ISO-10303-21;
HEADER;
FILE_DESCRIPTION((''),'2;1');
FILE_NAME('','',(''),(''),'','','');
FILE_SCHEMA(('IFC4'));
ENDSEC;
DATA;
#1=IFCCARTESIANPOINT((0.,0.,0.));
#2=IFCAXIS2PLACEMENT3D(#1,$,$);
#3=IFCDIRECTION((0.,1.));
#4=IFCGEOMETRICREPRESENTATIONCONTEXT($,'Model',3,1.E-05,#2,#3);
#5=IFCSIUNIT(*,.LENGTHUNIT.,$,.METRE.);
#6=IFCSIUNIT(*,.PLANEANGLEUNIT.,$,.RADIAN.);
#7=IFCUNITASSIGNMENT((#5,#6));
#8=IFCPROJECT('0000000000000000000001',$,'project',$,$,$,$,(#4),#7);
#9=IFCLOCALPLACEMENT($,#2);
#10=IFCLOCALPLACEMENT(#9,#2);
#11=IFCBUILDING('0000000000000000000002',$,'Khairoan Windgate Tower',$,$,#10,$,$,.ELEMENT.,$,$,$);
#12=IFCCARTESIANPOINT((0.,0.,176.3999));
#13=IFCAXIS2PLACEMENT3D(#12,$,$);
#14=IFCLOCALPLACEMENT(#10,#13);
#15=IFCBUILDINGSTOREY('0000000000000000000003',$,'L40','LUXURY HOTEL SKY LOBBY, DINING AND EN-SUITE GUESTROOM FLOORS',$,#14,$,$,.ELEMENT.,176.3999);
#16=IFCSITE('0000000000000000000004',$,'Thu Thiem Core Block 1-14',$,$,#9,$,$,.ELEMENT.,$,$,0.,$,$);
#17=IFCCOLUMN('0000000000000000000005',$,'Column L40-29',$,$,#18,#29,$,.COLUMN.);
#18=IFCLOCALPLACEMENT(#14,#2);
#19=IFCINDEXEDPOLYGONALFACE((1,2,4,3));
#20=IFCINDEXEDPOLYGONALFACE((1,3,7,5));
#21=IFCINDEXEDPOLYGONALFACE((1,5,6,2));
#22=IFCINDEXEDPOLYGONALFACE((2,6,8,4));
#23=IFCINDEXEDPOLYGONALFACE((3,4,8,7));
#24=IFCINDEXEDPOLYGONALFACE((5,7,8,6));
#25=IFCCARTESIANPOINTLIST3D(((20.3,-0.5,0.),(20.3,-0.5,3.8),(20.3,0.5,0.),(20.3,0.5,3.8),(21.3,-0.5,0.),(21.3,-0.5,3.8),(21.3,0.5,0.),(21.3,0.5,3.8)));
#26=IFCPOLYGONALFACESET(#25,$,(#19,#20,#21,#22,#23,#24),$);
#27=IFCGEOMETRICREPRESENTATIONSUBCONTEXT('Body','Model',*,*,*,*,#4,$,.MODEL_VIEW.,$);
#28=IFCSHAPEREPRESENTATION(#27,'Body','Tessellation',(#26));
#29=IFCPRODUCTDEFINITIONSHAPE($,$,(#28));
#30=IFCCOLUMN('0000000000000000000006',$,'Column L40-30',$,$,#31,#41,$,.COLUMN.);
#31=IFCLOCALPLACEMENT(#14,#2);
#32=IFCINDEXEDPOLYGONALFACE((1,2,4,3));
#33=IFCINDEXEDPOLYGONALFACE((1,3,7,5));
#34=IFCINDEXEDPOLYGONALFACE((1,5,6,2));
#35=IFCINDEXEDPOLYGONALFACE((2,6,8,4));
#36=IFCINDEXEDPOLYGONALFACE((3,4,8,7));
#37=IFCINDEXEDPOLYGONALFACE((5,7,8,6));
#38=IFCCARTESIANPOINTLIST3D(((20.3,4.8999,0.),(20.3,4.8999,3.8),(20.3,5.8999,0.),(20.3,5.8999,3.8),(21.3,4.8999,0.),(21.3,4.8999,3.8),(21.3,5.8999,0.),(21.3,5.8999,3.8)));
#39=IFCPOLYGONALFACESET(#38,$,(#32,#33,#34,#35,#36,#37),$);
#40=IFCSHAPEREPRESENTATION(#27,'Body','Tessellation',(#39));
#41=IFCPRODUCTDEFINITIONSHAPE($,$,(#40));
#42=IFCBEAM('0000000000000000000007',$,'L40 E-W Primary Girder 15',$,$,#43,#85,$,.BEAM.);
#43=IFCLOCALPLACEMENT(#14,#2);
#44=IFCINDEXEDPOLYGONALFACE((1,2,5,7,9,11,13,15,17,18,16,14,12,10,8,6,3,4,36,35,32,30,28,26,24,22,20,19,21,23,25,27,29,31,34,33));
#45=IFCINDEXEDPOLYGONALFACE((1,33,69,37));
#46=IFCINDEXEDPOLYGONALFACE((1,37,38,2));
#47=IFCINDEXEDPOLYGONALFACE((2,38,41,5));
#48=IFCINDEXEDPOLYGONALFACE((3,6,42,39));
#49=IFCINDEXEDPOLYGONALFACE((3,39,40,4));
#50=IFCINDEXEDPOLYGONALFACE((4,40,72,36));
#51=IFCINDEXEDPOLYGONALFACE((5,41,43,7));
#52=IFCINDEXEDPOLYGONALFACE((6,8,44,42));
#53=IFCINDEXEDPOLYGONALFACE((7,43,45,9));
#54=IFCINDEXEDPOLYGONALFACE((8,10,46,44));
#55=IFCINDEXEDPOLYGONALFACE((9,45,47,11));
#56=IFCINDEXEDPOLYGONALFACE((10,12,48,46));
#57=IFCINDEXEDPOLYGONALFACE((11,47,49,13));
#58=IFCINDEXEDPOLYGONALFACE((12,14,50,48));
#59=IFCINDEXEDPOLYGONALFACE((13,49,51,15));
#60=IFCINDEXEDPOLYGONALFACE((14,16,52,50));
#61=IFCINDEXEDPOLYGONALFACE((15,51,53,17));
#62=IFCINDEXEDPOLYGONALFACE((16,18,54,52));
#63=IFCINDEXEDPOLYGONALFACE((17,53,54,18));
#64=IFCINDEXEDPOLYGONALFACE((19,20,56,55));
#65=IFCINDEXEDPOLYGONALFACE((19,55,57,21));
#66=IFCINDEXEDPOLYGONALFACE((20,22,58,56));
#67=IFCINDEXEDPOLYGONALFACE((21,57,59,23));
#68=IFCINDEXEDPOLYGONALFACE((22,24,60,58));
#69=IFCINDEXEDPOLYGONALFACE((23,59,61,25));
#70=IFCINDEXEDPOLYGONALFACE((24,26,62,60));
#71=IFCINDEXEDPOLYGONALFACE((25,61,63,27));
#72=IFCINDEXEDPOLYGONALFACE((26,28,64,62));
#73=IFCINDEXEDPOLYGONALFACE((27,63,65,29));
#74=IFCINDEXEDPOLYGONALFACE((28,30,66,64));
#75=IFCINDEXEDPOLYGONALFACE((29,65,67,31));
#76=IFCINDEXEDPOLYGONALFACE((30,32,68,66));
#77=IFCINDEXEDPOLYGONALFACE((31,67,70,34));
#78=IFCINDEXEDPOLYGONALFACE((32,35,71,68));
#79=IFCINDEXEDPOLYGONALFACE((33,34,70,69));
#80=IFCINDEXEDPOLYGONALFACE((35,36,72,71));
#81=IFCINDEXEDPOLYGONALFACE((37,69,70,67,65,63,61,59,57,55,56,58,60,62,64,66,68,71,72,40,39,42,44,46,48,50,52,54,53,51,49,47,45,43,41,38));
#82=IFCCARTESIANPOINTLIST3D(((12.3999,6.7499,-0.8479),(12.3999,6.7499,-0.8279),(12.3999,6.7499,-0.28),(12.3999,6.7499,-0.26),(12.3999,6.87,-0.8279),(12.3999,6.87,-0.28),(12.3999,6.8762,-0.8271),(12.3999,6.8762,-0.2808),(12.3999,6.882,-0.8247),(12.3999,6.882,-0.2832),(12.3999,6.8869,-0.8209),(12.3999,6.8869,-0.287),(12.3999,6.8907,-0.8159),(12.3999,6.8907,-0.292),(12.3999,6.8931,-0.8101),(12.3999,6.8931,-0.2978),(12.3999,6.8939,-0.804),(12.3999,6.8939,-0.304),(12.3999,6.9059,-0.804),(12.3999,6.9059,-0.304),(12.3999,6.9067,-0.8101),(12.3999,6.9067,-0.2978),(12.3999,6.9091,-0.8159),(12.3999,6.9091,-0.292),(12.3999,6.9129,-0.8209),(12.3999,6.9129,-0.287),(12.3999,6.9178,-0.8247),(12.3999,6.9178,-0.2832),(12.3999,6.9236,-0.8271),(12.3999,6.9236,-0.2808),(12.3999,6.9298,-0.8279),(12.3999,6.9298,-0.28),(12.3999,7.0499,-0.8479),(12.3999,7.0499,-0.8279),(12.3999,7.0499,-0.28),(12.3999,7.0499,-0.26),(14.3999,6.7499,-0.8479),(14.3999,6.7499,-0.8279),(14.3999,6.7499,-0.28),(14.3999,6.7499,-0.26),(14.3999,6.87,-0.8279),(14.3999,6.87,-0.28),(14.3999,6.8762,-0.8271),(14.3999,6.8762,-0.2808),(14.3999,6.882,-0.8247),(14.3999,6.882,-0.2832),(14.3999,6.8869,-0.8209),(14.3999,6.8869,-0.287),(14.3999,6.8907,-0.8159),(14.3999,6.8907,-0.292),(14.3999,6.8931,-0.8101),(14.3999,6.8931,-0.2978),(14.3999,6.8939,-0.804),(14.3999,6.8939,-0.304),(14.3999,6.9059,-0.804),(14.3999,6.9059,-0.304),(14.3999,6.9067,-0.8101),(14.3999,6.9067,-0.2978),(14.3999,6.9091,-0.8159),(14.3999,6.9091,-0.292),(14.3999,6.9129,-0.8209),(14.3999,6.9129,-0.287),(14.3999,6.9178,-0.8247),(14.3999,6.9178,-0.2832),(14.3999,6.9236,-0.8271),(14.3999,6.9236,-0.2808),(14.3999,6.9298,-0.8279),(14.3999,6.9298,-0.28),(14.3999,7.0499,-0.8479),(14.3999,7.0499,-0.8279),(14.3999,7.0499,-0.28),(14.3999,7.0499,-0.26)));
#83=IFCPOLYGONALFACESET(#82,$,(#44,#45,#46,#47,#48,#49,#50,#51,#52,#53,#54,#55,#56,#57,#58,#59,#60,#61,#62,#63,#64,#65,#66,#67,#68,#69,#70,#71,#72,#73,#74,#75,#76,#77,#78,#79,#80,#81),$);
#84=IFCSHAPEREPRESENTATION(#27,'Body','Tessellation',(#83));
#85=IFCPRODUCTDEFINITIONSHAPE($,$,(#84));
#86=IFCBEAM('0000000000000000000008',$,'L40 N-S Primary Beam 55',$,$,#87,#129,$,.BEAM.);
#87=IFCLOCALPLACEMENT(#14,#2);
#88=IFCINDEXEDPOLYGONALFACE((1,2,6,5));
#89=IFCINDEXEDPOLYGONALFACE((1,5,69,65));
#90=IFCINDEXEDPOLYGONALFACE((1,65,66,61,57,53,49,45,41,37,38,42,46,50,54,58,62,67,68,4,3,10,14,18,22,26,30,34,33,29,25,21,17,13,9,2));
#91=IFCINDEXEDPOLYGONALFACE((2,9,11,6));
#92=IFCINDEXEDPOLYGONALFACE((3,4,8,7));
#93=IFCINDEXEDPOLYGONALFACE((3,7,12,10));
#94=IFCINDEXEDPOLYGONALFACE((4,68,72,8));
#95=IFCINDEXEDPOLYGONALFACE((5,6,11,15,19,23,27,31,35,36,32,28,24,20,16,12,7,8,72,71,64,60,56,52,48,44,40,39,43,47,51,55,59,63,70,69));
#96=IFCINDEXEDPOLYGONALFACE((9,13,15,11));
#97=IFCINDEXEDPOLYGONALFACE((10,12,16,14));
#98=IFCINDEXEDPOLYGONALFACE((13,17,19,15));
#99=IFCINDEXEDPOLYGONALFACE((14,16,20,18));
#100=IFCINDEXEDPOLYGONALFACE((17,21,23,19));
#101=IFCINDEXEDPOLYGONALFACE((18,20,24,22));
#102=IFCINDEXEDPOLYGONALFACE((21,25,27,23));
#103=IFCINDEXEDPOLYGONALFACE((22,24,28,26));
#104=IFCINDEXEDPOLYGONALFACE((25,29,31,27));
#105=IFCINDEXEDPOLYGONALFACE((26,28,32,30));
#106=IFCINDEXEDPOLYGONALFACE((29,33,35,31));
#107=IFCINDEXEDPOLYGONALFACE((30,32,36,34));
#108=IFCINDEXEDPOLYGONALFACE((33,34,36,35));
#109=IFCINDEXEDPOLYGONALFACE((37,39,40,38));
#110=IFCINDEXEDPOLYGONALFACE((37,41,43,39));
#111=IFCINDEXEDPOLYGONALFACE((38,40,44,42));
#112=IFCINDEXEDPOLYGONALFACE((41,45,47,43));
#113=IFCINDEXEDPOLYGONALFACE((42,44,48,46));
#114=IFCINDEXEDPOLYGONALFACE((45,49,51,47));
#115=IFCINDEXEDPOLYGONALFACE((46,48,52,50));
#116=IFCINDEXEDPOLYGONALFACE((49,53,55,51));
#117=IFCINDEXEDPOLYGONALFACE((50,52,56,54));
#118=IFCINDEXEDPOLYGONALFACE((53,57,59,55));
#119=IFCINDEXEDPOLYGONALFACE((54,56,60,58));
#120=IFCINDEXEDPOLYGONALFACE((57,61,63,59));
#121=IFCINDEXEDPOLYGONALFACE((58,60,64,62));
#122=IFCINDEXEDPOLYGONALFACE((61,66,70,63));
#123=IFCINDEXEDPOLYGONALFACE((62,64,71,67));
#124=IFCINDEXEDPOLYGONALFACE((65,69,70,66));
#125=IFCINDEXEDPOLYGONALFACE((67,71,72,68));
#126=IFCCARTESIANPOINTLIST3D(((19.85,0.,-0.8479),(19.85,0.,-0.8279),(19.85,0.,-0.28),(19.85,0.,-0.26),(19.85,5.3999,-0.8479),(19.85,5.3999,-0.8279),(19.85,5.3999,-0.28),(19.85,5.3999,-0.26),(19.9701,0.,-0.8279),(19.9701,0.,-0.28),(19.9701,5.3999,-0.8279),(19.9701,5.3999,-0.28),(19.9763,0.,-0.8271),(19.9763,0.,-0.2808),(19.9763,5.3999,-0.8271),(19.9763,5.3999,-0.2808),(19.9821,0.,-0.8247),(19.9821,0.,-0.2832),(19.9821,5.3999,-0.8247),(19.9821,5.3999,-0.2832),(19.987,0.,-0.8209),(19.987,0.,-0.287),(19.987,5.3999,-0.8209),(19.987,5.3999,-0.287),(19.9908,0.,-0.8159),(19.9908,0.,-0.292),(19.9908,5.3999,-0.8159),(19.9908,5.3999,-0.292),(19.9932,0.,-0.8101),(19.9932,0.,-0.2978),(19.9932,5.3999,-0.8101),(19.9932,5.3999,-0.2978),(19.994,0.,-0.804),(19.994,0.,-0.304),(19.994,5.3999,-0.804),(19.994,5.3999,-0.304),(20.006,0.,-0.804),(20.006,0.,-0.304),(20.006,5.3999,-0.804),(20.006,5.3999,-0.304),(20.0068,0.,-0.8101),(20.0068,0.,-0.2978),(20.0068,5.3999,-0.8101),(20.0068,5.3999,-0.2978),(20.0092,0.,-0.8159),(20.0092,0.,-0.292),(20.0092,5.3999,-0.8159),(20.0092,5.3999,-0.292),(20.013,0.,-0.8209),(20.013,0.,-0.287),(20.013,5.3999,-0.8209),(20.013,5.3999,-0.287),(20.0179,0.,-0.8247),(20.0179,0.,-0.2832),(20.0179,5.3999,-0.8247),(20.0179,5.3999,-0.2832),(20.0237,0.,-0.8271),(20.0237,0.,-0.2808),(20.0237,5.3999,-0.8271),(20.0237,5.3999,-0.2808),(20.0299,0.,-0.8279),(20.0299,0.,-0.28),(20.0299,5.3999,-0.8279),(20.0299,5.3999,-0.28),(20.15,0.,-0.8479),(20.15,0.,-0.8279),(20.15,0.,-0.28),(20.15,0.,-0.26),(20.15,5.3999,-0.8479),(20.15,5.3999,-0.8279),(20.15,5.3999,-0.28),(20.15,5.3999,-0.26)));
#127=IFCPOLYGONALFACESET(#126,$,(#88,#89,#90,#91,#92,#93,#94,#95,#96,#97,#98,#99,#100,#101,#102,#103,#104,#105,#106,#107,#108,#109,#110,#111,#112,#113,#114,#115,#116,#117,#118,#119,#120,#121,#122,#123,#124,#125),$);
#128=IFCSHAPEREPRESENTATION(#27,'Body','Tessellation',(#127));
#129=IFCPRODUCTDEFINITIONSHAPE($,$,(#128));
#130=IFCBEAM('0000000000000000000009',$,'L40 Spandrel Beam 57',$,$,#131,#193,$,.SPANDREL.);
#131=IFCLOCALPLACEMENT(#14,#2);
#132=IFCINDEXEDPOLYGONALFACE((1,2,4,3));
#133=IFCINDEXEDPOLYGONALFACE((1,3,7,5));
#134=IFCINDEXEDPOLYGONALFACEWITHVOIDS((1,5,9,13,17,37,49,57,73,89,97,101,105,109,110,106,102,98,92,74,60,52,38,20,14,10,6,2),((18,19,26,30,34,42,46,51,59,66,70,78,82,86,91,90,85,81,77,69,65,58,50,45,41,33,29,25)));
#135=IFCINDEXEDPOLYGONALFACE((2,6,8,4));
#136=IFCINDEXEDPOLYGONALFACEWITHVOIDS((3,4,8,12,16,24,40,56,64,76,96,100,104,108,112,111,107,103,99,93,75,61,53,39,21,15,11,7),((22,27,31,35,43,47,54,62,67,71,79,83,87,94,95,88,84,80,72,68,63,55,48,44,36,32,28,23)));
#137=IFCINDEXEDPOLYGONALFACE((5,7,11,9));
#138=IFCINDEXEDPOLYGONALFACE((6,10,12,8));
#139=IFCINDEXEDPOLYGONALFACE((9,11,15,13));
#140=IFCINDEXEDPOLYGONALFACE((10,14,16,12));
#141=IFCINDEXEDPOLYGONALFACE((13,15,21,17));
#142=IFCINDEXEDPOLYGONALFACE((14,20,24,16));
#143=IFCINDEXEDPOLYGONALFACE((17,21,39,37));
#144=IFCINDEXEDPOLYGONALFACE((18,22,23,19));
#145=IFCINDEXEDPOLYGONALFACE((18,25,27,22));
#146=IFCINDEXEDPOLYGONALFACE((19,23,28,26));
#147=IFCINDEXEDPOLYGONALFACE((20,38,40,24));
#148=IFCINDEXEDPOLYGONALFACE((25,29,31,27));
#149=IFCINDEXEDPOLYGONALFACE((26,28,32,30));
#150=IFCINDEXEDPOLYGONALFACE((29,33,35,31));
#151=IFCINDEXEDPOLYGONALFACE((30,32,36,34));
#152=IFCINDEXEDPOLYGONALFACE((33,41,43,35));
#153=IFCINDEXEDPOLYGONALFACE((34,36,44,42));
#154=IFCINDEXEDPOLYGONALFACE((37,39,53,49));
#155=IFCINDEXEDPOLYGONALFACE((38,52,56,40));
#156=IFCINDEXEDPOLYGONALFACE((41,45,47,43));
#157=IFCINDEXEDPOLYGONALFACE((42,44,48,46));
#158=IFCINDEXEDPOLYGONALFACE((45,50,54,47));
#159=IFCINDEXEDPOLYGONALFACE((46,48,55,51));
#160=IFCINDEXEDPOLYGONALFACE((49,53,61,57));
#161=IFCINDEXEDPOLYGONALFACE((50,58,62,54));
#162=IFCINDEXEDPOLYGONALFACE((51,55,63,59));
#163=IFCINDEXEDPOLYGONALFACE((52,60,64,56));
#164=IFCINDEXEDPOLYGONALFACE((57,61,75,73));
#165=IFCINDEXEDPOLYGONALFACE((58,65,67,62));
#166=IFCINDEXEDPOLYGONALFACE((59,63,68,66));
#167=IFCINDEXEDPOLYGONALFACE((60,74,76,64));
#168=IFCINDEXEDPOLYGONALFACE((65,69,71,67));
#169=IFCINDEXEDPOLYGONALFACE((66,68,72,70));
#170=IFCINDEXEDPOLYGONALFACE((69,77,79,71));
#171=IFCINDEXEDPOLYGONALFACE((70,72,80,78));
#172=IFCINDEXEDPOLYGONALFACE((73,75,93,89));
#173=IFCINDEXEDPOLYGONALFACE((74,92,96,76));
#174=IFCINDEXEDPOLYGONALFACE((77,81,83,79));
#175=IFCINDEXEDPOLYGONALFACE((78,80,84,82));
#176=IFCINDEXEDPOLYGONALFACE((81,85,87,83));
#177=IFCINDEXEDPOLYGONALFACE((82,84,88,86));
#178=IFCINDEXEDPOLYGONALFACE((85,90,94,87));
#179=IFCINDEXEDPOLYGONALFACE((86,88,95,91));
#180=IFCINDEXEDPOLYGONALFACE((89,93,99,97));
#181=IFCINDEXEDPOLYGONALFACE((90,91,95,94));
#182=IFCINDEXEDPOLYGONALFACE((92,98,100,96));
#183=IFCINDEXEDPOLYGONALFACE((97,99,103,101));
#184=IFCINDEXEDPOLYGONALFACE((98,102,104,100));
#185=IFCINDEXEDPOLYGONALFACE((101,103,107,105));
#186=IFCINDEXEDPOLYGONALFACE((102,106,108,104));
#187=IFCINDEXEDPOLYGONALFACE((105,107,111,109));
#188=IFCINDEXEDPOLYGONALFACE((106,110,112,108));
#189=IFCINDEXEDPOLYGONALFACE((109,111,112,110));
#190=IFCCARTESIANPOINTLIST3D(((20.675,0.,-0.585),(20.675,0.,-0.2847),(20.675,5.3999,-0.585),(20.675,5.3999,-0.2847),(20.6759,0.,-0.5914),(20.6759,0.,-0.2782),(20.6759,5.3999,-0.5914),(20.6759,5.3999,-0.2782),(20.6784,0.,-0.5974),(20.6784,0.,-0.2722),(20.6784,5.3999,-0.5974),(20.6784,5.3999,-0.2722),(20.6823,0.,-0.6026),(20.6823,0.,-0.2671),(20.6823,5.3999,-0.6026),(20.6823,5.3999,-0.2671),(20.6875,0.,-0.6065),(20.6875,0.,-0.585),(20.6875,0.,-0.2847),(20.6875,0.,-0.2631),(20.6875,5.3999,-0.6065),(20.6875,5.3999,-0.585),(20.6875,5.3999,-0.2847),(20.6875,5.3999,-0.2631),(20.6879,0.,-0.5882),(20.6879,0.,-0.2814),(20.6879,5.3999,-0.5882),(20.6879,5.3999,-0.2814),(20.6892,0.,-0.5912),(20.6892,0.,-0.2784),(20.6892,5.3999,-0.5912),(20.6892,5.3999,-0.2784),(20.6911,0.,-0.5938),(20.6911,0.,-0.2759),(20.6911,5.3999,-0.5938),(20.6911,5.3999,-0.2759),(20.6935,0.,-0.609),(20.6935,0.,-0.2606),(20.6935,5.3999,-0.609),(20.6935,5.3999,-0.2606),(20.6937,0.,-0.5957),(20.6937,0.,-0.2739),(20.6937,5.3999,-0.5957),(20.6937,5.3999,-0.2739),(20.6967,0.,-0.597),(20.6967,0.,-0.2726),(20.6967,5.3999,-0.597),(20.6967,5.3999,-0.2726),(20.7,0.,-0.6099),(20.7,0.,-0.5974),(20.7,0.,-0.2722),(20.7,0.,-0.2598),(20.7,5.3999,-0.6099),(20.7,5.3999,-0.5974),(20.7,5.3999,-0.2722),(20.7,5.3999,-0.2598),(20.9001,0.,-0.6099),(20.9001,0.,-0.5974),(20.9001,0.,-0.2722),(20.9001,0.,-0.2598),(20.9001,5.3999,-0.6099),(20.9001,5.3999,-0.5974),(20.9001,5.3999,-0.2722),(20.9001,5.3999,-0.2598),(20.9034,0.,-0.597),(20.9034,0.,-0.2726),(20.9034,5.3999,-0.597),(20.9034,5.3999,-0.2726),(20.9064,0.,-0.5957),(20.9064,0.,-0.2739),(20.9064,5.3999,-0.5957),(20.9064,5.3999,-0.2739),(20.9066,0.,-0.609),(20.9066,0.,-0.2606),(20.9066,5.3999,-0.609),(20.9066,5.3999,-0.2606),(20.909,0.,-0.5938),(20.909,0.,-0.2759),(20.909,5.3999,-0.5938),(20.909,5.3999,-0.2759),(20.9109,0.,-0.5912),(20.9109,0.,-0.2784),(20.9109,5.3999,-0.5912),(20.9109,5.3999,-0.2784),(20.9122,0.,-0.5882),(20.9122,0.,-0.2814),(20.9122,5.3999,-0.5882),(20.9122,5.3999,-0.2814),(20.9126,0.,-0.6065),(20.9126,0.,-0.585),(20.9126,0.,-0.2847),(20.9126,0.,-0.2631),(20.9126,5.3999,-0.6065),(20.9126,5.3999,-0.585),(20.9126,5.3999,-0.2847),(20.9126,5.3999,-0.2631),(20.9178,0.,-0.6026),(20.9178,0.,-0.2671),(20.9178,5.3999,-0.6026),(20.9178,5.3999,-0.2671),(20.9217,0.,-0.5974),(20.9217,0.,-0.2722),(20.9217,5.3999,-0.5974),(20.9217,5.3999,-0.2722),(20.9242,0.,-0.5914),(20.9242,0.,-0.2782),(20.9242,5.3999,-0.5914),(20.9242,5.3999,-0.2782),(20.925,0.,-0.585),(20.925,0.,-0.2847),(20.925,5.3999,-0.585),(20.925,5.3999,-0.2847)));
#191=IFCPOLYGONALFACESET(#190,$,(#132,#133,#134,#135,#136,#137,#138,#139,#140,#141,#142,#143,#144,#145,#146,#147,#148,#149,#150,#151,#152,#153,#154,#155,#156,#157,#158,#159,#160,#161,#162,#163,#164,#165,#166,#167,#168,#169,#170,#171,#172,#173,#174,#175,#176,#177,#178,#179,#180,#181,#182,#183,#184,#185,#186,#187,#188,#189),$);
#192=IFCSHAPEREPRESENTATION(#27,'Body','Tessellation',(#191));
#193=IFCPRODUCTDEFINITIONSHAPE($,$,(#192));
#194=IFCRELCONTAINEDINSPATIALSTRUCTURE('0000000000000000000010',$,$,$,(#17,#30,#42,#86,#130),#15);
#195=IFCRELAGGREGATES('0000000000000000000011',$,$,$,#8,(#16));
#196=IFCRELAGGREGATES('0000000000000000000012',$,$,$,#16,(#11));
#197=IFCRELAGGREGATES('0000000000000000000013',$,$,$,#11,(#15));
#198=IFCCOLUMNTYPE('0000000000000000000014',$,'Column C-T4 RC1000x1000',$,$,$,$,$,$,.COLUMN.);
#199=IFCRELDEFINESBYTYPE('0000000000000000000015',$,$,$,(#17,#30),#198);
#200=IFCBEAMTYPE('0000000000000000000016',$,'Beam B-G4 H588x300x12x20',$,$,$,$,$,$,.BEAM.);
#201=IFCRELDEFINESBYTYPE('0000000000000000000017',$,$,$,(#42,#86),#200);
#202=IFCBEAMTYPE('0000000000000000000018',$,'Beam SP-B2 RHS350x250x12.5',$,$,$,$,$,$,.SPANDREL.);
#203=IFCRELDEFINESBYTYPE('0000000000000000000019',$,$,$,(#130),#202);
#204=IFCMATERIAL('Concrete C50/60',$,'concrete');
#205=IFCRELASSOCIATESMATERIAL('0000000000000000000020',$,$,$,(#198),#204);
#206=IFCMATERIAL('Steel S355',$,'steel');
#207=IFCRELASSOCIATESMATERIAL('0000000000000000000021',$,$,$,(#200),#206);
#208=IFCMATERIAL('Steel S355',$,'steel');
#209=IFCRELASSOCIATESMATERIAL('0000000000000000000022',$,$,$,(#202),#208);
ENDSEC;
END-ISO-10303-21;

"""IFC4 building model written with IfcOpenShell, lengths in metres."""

from ifc_helpers import new_model, si_unit, direction, frame, origin, origin_2d, place, context, subcontext, project, spatial, rectangle, hollow_rectangle, i_section, extrude, material, material_profile, profile_set, type_object, element, save


model = new_model("IFC4")

# Units and contexts
model_context = context("Model", 3, precision=1e-05, world=origin(), true_north=direction((0.0, 1.0)))
body_context = subcontext(model_context, "Body", "Model", "MODEL_VIEW")
ifc_project = project(units=[si_unit("LENGTHUNIT", "METRE"), si_unit("PLANEANGLEUNIT", "RADIAN")], contexts=[model_context])

# Site, building, storey
site_placement = place(None, origin())
site = spatial("IfcSite", under=ifc_project, at=site_placement, Name="Thu Thiem Core Block 1-14", CompositionType="ELEMENT", RefElevation=0.0)
building_placement = place(site_placement, origin())
building = spatial("IfcBuilding", under=site, at=building_placement, Name="Khairoan Windgate Tower", CompositionType="ELEMENT")
storey_placement = place(building_placement, frame((0.0, 0.0, 176.3999)))
storey = spatial("IfcBuildingStorey", under=building, at=storey_placement, Name="L40", Description="LUXURY HOTEL SKY LOBBY, DINING AND EN-SUITE GUESTROOM FLOORS", CompositionType="ELEMENT", Elevation=176.3999)

# Columns
ifc_material_1 = material(Name="Concrete C50/60", Category="concrete")
ifc_material_profile_1 = material_profile(ifc_material_1, rectangle(XDim=1.0, YDim=1.0, at=origin_2d()))
ifc_profile_set_1 = profile_set([ifc_material_profile_1], Name="Concrete C50/60")
column_type = type_object("IfcColumnType", Name="Column C-T4 RC1000x1000", PredefinedType="COLUMN", material=ifc_profile_set_1)
for number, where, z_axis, x_axis, name in (
    (1, (20.8, 0.0, 0.0), (0.0, 0.0, 1.0), (1.0, 0.0, 0.0), "Column L40-29"),
    (2, (20.8, 5.3999, 0.0), (0.0, 0.0, 1.0), (1.0, 0.0, 0.0), "Column L40-30"),
):
    element("IfcColumn", number, at=place(storey_placement, frame(where, z_axis=z_axis, x_axis=x_axis)), inside=storey, type_object=column_type, Name=name, PredefinedType="COLUMN", context=body_context, shape_type="SweptSolid", body=[
        extrude(rectangle(XDim=1.0, YDim=1.0, at=origin_2d()), origin(), (0.0, 0.0, 1.0), 3.8),
    ])

# Beams
ifc_material_2 = material(Name="Steel S355", Category="steel")
ifc_material_profile_2 = material_profile(ifc_material_2, i_section(OverallWidth=0.3, OverallDepth=0.5879, WebThickness=0.012, FlangeThickness=0.02, FilletRadius=0.0239, at=origin_2d()))
ifc_profile_set_2 = profile_set([ifc_material_profile_2], Name="Steel S355")
beam_type_1 = type_object("IfcBeamType", Name="Beam B-G4 H588x300x12x20", PredefinedType="BEAM", material=ifc_profile_set_2)
beam_1_placement = place(storey_placement, frame((12.3999, 6.8999, -0.554), z_axis=(1.0, 0.0, 0.0), x_axis=(0.0, 1.0, 0.0)))
element("IfcBeam", 3, at=beam_1_placement, inside=storey, type_object=beam_type_1, Name="L40 E-W Primary Girder 15", PredefinedType="BEAM", context=body_context, shape_type="SweptSolid", body=[
    extrude(i_section(OverallWidth=0.3, OverallDepth=0.5879, WebThickness=0.012, FlangeThickness=0.02, FilletRadius=0.0239, at=origin_2d()), origin(), (0.0, 0.0, 1.0), 2.0),
])
beam_2_placement = place(storey_placement, frame((20.0, 0.0, -0.554), z_axis=(0.0, 1.0, 0.0), x_axis=(-1.0, 0.0, 0.0)))
element("IfcBeam", 4, at=beam_2_placement, inside=storey, type_object=beam_type_1, Name="L40 N-S Primary Beam 55", PredefinedType="BEAM", context=body_context, shape_type="SweptSolid", body=[
    extrude(i_section(OverallWidth=0.3, OverallDepth=0.5879, WebThickness=0.012, FlangeThickness=0.02, FilletRadius=0.0239, at=origin_2d()), origin(), (0.0, 0.0, 1.0), 5.3999),
])
ifc_material_3 = material(Name="Steel S355", Category="steel")
ifc_material_profile_3 = material_profile(ifc_material_3, hollow_rectangle(XDim=0.25, YDim=0.3501, WallThickness=0.0125, InnerFilletRadius=0.0125, OuterFilletRadius=0.0249, at=origin_2d()))
ifc_profile_set_3 = profile_set([ifc_material_profile_3], Name="Steel S355")
beam_type_2 = type_object("IfcBeamType", Name="Beam SP-B2 RHS350x250x12.5", PredefinedType="SPANDREL", material=ifc_profile_set_3)
beam_3_placement = place(storey_placement, frame((20.8, 0.0, -0.4348), z_axis=(0.0, 1.0, 0.0), x_axis=(-1.0, 0.0, 0.0)))
element("IfcBeam", 5, at=beam_3_placement, inside=storey, type_object=beam_type_2, Name="L40 Spandrel Beam 57", PredefinedType="SPANDREL", context=body_context, shape_type="SweptSolid", body=[
    extrude(hollow_rectangle(XDim=0.25, YDim=0.3501, WallThickness=0.0125, InnerFilletRadius=0.0125, OuterFilletRadius=0.0249, at=origin_2d()), origin(), (0.0, 0.0, 1.0), 5.3999),
])

save(model, "model.ifc")
